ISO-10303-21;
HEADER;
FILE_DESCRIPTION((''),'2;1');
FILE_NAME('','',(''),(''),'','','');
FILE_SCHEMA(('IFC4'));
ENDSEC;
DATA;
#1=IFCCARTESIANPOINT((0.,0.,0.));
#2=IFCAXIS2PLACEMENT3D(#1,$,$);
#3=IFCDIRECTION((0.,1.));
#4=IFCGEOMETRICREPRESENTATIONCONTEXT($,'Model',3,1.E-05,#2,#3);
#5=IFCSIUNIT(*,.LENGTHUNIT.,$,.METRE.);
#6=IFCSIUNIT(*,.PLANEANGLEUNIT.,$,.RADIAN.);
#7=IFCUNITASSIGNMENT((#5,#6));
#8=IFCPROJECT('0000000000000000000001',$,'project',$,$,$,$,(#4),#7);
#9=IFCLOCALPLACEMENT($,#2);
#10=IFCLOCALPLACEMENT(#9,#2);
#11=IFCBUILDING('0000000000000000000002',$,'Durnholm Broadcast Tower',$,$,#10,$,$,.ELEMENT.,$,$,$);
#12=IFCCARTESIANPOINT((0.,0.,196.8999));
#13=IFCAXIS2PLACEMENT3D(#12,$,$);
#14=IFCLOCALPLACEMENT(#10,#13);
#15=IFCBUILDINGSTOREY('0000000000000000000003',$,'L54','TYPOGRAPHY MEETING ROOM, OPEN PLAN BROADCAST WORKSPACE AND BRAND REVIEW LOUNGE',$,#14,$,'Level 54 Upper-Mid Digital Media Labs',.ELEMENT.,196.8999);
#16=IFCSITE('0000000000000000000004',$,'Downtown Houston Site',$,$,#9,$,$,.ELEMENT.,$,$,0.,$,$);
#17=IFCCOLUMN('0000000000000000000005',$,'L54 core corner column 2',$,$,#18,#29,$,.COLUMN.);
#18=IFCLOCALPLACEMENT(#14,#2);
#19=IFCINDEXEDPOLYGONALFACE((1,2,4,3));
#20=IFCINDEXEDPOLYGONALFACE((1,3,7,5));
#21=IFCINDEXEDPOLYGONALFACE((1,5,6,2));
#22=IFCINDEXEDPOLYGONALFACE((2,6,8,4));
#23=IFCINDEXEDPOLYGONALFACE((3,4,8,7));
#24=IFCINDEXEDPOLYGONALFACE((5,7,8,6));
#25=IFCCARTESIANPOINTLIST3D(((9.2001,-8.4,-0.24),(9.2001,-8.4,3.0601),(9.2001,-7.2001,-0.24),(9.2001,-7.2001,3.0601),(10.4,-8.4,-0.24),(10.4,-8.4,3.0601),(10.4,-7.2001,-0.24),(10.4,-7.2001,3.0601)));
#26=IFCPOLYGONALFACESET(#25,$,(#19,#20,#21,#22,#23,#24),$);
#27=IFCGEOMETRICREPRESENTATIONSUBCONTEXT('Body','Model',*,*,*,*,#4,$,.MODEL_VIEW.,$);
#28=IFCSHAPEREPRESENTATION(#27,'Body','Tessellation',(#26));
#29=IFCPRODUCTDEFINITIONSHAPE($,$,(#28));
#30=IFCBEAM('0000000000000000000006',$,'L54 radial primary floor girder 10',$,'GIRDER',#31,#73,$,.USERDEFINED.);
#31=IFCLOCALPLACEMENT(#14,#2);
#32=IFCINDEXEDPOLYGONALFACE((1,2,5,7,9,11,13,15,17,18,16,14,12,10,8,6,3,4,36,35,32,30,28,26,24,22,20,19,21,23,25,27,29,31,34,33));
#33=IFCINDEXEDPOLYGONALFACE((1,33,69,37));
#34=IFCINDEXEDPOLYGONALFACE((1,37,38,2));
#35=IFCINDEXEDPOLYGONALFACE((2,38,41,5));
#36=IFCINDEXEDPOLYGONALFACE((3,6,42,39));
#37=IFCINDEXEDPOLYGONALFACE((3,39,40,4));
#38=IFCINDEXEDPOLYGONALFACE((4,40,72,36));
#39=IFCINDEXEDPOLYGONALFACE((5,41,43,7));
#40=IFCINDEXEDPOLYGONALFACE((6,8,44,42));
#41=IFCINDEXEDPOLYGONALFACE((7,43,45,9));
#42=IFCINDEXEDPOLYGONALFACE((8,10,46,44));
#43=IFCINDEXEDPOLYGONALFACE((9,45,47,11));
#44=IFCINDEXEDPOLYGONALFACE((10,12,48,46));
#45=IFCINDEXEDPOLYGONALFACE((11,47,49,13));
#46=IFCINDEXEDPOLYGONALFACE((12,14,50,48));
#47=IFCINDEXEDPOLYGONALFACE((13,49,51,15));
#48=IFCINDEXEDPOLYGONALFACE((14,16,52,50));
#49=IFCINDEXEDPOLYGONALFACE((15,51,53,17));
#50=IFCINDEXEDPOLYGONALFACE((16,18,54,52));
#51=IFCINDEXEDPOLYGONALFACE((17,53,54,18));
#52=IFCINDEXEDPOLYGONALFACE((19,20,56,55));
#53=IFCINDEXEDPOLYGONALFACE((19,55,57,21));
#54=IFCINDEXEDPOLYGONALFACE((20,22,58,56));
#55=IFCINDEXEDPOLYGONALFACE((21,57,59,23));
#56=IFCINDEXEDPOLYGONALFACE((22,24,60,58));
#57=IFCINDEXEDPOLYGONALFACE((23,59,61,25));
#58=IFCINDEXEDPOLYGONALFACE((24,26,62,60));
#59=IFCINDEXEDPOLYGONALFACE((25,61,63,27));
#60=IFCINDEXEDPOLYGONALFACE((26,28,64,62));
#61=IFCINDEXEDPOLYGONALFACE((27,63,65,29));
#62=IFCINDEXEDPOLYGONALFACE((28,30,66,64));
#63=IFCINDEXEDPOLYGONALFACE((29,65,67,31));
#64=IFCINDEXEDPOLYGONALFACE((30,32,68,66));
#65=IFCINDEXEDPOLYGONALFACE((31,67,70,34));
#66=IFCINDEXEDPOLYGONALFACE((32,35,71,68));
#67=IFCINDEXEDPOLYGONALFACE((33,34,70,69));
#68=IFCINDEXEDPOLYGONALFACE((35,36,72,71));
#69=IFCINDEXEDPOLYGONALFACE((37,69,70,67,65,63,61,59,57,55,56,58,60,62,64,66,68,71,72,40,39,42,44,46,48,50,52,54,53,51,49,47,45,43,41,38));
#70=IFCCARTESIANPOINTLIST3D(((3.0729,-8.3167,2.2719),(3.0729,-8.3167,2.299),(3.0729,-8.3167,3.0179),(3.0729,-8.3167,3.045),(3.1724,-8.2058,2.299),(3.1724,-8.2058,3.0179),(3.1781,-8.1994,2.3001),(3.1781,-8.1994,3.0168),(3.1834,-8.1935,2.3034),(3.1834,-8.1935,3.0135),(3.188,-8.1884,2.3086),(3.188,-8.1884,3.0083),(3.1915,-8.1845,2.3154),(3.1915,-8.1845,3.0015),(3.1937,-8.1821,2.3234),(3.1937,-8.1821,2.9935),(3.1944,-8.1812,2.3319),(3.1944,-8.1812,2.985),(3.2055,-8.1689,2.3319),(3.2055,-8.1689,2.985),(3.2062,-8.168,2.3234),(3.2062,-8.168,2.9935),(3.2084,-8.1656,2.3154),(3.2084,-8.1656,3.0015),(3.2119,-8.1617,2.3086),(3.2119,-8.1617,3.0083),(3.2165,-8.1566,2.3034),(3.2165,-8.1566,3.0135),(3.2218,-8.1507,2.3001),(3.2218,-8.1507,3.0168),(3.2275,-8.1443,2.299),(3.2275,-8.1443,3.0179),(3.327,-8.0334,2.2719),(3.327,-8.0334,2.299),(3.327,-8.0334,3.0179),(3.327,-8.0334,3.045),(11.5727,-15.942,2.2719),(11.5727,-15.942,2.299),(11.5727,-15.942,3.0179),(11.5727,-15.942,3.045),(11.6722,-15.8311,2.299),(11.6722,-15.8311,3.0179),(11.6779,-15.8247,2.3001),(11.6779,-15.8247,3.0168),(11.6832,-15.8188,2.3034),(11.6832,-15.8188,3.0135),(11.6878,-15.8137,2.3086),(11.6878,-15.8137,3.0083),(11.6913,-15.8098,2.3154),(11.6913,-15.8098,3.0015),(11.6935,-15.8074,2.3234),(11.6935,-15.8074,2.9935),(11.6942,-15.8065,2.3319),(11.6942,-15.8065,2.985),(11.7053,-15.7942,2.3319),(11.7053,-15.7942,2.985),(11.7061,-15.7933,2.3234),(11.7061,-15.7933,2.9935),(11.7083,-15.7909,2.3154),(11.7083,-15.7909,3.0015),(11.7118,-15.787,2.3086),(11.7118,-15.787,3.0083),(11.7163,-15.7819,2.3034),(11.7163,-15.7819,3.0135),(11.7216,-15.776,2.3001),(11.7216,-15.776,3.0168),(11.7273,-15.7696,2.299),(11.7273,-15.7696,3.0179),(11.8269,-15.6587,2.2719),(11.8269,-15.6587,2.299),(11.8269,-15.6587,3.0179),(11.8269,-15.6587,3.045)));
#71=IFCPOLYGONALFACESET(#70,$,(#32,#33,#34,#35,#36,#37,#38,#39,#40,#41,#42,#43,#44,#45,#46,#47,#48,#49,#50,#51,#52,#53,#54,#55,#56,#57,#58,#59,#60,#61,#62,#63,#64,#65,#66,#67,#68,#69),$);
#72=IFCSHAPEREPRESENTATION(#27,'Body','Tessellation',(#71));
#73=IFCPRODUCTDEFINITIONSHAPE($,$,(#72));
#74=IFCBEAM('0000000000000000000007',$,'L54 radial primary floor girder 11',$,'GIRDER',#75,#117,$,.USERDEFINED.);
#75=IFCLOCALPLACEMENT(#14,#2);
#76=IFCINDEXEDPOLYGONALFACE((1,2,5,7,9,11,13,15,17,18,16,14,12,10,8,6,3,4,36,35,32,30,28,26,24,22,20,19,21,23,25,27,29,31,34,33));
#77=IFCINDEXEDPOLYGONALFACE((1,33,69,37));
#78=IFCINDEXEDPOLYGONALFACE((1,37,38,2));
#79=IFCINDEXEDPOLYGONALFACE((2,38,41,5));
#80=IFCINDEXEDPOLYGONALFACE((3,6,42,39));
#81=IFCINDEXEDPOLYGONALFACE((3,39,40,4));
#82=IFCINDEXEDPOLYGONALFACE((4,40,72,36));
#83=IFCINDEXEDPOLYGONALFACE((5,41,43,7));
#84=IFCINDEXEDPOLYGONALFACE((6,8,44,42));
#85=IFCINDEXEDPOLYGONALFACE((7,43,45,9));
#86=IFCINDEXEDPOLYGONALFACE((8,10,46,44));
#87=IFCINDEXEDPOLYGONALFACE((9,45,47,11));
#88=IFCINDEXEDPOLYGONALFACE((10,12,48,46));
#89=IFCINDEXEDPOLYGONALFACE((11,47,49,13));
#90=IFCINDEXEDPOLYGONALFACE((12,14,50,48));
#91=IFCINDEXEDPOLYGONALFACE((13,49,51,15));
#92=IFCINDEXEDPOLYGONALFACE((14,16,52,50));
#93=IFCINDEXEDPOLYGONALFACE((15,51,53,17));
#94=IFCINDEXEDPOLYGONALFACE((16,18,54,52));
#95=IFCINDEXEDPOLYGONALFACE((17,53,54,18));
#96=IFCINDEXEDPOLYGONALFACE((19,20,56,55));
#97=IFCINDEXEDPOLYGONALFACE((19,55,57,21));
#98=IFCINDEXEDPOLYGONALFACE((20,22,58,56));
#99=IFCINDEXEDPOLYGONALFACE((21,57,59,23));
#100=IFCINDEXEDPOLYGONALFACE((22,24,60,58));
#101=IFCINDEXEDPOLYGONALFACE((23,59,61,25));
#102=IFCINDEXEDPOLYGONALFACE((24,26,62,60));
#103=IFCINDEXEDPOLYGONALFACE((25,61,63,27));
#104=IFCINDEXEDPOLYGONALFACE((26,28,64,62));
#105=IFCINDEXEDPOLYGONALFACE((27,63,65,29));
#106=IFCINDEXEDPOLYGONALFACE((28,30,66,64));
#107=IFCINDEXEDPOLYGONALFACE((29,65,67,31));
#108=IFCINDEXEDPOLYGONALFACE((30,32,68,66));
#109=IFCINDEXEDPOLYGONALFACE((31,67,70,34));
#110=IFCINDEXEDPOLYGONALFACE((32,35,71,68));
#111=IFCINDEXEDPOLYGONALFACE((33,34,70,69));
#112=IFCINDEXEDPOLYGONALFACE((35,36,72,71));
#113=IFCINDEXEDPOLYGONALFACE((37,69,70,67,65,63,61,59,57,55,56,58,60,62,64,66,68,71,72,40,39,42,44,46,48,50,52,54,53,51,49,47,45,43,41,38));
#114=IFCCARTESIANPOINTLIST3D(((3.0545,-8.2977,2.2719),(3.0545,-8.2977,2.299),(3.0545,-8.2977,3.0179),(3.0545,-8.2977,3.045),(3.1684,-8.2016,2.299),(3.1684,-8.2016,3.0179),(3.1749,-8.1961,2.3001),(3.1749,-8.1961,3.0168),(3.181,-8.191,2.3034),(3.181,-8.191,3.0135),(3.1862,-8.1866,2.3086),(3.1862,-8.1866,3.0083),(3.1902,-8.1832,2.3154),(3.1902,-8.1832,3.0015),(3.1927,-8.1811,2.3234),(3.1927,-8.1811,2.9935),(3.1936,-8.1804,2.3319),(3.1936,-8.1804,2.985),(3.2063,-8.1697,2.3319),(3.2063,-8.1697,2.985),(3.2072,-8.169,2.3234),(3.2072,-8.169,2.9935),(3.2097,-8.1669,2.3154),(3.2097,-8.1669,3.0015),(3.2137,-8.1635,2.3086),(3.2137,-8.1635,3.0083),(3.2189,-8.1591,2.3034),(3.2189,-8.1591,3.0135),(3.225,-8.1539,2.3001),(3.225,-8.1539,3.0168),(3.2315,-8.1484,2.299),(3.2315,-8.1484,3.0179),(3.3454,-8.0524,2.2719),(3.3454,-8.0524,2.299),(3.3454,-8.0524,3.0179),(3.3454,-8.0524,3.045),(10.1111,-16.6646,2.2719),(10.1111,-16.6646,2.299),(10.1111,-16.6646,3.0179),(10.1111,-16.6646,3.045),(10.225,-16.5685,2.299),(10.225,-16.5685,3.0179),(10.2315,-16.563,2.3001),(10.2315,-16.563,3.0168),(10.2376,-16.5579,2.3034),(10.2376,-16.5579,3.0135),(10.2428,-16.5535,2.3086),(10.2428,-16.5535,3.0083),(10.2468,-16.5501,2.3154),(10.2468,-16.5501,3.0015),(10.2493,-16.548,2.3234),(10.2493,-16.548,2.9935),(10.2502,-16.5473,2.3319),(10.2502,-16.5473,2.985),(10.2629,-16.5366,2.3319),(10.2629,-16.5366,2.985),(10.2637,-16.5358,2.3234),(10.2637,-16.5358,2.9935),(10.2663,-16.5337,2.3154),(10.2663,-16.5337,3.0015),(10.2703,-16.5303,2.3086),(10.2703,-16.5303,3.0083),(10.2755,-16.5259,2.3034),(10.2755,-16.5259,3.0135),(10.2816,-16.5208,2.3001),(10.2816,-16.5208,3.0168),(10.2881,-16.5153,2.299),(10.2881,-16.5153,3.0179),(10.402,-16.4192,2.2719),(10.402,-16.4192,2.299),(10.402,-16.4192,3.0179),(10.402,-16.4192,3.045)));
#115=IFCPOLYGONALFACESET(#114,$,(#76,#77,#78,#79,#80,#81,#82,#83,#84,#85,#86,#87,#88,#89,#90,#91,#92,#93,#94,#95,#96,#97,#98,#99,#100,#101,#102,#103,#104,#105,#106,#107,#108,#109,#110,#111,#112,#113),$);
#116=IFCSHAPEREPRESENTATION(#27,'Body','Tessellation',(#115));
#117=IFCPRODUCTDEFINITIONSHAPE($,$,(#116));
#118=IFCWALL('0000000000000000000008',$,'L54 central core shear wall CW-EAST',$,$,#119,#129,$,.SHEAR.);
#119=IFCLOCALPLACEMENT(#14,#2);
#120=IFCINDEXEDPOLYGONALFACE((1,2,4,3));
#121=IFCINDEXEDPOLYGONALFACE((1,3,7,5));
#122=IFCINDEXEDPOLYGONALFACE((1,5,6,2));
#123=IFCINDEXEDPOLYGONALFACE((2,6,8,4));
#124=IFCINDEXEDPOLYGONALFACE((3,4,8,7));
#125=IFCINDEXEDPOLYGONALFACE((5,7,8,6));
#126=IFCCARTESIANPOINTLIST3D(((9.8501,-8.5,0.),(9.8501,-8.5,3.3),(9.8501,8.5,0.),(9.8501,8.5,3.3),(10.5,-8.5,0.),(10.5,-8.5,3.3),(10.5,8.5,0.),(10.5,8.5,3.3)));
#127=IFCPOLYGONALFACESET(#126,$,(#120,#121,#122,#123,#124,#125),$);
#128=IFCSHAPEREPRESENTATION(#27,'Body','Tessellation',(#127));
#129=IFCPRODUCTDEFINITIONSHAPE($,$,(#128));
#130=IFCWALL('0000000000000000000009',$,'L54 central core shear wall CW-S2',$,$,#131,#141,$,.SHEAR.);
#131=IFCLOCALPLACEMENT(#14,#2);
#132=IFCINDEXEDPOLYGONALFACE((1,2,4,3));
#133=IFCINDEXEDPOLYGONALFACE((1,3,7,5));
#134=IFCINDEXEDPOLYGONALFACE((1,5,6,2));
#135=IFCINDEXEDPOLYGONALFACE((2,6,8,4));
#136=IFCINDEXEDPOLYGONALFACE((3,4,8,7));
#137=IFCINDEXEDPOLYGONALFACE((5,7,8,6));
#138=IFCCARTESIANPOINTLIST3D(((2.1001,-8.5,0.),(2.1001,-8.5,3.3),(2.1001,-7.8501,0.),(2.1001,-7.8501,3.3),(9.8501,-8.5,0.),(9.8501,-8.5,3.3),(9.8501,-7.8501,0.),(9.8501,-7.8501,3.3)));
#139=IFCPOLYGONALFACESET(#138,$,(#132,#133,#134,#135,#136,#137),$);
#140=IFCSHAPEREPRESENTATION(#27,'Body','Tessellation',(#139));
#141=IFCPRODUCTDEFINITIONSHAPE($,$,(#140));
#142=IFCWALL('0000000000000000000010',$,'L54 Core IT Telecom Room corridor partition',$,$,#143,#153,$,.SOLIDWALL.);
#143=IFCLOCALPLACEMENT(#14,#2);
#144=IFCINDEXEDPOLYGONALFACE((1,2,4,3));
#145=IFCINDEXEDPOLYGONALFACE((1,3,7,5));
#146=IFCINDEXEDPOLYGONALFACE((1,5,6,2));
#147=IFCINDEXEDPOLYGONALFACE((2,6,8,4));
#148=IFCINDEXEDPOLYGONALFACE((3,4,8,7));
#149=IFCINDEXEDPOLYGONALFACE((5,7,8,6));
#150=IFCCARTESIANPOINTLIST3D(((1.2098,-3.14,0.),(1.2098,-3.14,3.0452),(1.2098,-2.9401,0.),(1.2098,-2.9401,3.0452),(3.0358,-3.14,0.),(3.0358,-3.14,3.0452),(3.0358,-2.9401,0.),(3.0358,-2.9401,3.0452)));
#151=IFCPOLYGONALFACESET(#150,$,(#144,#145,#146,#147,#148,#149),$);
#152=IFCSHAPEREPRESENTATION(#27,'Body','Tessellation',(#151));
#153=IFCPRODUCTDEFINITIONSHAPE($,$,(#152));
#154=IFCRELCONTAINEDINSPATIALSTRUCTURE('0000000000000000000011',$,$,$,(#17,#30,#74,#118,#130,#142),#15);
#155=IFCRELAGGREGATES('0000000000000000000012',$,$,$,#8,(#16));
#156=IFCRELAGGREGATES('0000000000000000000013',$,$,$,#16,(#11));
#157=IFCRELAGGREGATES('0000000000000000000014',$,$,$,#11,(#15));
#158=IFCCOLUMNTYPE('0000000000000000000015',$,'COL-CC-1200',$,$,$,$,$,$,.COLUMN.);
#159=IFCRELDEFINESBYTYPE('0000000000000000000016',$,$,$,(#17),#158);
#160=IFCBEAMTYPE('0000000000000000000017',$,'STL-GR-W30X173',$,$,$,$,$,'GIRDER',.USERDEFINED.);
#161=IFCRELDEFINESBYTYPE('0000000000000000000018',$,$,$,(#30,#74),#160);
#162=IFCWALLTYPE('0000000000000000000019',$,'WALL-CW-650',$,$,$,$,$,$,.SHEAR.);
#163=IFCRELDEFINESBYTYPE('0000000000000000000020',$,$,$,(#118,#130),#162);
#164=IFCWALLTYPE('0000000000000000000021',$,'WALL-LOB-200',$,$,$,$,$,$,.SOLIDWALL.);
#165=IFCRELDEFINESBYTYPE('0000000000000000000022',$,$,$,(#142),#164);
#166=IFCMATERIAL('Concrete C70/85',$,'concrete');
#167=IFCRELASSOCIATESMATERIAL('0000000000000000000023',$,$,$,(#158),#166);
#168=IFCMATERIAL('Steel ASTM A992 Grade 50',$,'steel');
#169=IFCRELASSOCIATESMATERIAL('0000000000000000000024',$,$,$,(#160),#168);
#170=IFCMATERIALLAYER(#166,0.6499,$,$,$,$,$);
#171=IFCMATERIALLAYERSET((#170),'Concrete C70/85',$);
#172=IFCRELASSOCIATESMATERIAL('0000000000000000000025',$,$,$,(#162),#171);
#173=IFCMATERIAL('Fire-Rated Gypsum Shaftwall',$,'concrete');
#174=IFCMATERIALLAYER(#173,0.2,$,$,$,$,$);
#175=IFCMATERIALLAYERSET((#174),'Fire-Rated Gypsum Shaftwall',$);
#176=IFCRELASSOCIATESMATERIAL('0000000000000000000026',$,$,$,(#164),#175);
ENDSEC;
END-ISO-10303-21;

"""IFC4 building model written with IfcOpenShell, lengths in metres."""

from ifc_helpers import new_model, si_unit, direction, frame, frame_2d, origin, origin_2d, place, context, subcontext, project, spatial, rectangle, i_section, extrude, source, transform, mapped, material, layer, layer_set, material_profile, profile_set, type_object, type_shapes, element, save


model = new_model("IFC4")

# Units and contexts
model_context = context("Model", 3, precision=1e-05, world=origin(), true_north=direction((0.0, 1.0)))
body_context = subcontext(model_context, "Body", "Model", "MODEL_VIEW")
ifc_project = project(units=[si_unit("LENGTHUNIT", "METRE"), si_unit("PLANEANGLEUNIT", "RADIAN")], contexts=[model_context])

# Site, building, storey
site_placement = place(None, origin())
site = spatial("IfcSite", under=ifc_project, at=site_placement, Name="Downtown Houston Site", CompositionType="ELEMENT", RefElevation=0.0)
building_placement = place(site_placement, origin())
building = spatial("IfcBuilding", under=site, at=building_placement, Name="Durnholm Broadcast Tower", CompositionType="ELEMENT")
storey_placement = place(building_placement, frame((0.0, 0.0, 196.8999)))
storey = spatial("IfcBuildingStorey", under=building, at=storey_placement, Name="L54", Description="TYPOGRAPHY MEETING ROOM, OPEN PLAN BROADCAST WORKSPACE AND BRAND REVIEW LOUNGE", LongName="Level 54 Upper-Mid Digital Media Labs", CompositionType="ELEMENT", Elevation=196.8999)

# Column
ifc_material_1 = material(Name="Concrete C70/85", Category="concrete")
ifc_material_profile_1 = material_profile(ifc_material_1, rectangle(XDim=1.2, YDim=1.2, at=origin_2d()), Name="RC1200X1200")
ifc_profile_set_1 = profile_set([ifc_material_profile_1], Name="Concrete C70/85")
column_type = type_object("IfcColumnType", Name="COL-CC-1200", PredefinedType="COLUMN", material=ifc_profile_set_1)
shared_shape_1 = source(origin(), body_context, "Body", "SweptSolid", [
    extrude(rectangle(XDim=1.2, YDim=1.2, at=origin_2d()), origin(), (0.0, 0.0, 1.0), 3.3),
])
type_shapes(column_type, [shared_shape_1])
column_placement = place(storey_placement, frame((9.8, -7.8, -0.24), z_axis=(0.0, 0.0, 1.0), x_axis=(1.0, 0.0, 0.0)))
element("IfcColumn", 1, at=column_placement, inside=storey, type_object=column_type, Name="L54 core corner column 2", PredefinedType="COLUMN", context=body_context, shape_type="MappedRepresentation", body=[
    mapped(shared_shape_1, transform((0.0, 0.0, 0.0), x_axis=(1.0, 0.0, 0.0), y_axis=(0.0, 1.0, 0.0), z_axis=(0.0, 0.0, 1.0), scale=1.0)),
])

# Beams
ifc_material_2 = material(Name="Steel ASTM A992 Grade 50", Category="steel")
ifc_material_profile_2 = material_profile(ifc_material_2, i_section(OverallWidth=0.3806, OverallDepth=0.7732, WebThickness=0.0166, FlangeThickness=0.0271, FilletRadius=0.033, at=origin_2d()), Name="W30X173")
ifc_profile_set_2 = profile_set([ifc_material_profile_2], Name="Steel ASTM A992 Grade 50")
beam_type = type_object("IfcBeamType", Name="STL-GR-W30X173", ElementType="GIRDER", PredefinedType="USERDEFINED", material=ifc_profile_set_2)
shared_shape_2 = source(origin(), body_context, "Body", "SweptSolid", [
    extrude(i_section(OverallWidth=0.3806, OverallDepth=0.7732, WebThickness=0.0166, FlangeThickness=0.0271, FilletRadius=0.033, at=origin_2d()), origin(), (0.0, 0.0, 1.0), 11.4189),
])
beam_1_placement = place(storey_placement, frame((3.2, -8.175, 2.6584), z_axis=(0.744362, -0.667777, 0.0), x_axis=(0.667777, 0.744362, 0.0)))
element("IfcBeam", 2, at=beam_1_placement, inside=storey, type_object=beam_type, Name="L54 radial primary floor girder 10", ObjectType="GIRDER", PredefinedType="USERDEFINED", context=body_context, shape_type="MappedRepresentation", body=[
    mapped(shared_shape_2, transform((0.0, 0.0, 0.0), x_axis=(1.0, 0.0, 0.0), y_axis=(0.0, 1.0, 0.0), z_axis=(0.0, 0.0, 1.0), scale=1.0)),
])
shared_shape_3 = source(origin(), body_context, "Body", "SweptSolid", [
    extrude(i_section(OverallWidth=0.3806, OverallDepth=0.7732, WebThickness=0.0166, FlangeThickness=0.0271, FilletRadius=0.033, at=origin_2d()), origin(), (0.0, 0.0, 1.0), 10.9453),
])
type_shapes(beam_type, [shared_shape_2, shared_shape_3])
beam_2_placement = place(storey_placement, frame((3.2, -8.175, 2.6584), z_axis=(0.644713, -0.764425, 0.0), x_axis=(0.764425, 0.644713, 0.0)))
element("IfcBeam", 3, at=beam_2_placement, inside=storey, type_object=beam_type, Name="L54 radial primary floor girder 11", ObjectType="GIRDER", PredefinedType="USERDEFINED", context=body_context, shape_type="MappedRepresentation", body=[
    mapped(shared_shape_3, transform((0.0, 0.0, 0.0), x_axis=(1.0, 0.0, 0.0), y_axis=(0.0, 1.0, 0.0), z_axis=(0.0, 0.0, 1.0), scale=1.0)),
])

# Walls
ifc_layer_1 = layer(ifc_material_1, 0.6499)
ifc_layer_set_1 = layer_set([ifc_layer_1], Name="Concrete C70/85")
wall_type_1 = type_object("IfcWallType", Name="WALL-CW-650", PredefinedType="SHEAR", material=ifc_layer_set_1)
wall_1_placement = place(storey_placement, frame((10.175, -8.5, 0.0), z_axis=(0.0, 0.0, 1.0), x_axis=(0.0, 1.0, 0.0)))
element("IfcWall", 4, at=wall_1_placement, inside=storey, type_object=wall_type_1, Name="L54 central core shear wall CW-EAST", PredefinedType="SHEAR", context=body_context, shape_type="SweptSolid", body=[
    extrude(rectangle(XDim=17.0, YDim=0.6499, at=frame_2d((8.5, 0.0))), origin(), (0.0, 0.0, 1.0), 3.3),
])
wall_2_placement = place(storey_placement, frame((2.1001, -8.175, 0.0), z_axis=(0.0, 0.0, 1.0), x_axis=(1.0, 0.0, 0.0)))
element("IfcWall", 5, at=wall_2_placement, inside=storey, type_object=wall_type_1, Name="L54 central core shear wall CW-S2", PredefinedType="SHEAR", context=body_context, shape_type="SweptSolid", body=[
    extrude(rectangle(XDim=7.75, YDim=0.6499, at=frame_2d((3.875, 0.0))), origin(), (0.0, 0.0, 1.0), 3.3),
])
ifc_material_3 = material(Name="Fire-Rated Gypsum Shaftwall", Category="concrete")
ifc_layer_2 = layer(ifc_material_3, 0.2)
ifc_layer_set_2 = layer_set([ifc_layer_2], Name="Fire-Rated Gypsum Shaftwall")
wall_type_2 = type_object("IfcWallType", Name="WALL-LOB-200", PredefinedType="SOLIDWALL", material=ifc_layer_set_2)
wall_3_placement = place(storey_placement, frame((3.0359, -3.04, 0.0), z_axis=(0.0, 0.0, 1.0), x_axis=(-1.0, 0.0, 0.0)))
element("IfcWall", 6, at=wall_3_placement, inside=storey, type_object=wall_type_2, Name="L54 Core IT Telecom Room corridor partition", PredefinedType="SOLIDWALL", context=body_context, shape_type="SweptSolid", body=[
    extrude(rectangle(XDim=1.8259, YDim=0.2, at=frame_2d((0.9131, 0.0))), origin(), (0.0, 0.0, 1.0), 3.0452),
])

save(model, "model.ifc")
